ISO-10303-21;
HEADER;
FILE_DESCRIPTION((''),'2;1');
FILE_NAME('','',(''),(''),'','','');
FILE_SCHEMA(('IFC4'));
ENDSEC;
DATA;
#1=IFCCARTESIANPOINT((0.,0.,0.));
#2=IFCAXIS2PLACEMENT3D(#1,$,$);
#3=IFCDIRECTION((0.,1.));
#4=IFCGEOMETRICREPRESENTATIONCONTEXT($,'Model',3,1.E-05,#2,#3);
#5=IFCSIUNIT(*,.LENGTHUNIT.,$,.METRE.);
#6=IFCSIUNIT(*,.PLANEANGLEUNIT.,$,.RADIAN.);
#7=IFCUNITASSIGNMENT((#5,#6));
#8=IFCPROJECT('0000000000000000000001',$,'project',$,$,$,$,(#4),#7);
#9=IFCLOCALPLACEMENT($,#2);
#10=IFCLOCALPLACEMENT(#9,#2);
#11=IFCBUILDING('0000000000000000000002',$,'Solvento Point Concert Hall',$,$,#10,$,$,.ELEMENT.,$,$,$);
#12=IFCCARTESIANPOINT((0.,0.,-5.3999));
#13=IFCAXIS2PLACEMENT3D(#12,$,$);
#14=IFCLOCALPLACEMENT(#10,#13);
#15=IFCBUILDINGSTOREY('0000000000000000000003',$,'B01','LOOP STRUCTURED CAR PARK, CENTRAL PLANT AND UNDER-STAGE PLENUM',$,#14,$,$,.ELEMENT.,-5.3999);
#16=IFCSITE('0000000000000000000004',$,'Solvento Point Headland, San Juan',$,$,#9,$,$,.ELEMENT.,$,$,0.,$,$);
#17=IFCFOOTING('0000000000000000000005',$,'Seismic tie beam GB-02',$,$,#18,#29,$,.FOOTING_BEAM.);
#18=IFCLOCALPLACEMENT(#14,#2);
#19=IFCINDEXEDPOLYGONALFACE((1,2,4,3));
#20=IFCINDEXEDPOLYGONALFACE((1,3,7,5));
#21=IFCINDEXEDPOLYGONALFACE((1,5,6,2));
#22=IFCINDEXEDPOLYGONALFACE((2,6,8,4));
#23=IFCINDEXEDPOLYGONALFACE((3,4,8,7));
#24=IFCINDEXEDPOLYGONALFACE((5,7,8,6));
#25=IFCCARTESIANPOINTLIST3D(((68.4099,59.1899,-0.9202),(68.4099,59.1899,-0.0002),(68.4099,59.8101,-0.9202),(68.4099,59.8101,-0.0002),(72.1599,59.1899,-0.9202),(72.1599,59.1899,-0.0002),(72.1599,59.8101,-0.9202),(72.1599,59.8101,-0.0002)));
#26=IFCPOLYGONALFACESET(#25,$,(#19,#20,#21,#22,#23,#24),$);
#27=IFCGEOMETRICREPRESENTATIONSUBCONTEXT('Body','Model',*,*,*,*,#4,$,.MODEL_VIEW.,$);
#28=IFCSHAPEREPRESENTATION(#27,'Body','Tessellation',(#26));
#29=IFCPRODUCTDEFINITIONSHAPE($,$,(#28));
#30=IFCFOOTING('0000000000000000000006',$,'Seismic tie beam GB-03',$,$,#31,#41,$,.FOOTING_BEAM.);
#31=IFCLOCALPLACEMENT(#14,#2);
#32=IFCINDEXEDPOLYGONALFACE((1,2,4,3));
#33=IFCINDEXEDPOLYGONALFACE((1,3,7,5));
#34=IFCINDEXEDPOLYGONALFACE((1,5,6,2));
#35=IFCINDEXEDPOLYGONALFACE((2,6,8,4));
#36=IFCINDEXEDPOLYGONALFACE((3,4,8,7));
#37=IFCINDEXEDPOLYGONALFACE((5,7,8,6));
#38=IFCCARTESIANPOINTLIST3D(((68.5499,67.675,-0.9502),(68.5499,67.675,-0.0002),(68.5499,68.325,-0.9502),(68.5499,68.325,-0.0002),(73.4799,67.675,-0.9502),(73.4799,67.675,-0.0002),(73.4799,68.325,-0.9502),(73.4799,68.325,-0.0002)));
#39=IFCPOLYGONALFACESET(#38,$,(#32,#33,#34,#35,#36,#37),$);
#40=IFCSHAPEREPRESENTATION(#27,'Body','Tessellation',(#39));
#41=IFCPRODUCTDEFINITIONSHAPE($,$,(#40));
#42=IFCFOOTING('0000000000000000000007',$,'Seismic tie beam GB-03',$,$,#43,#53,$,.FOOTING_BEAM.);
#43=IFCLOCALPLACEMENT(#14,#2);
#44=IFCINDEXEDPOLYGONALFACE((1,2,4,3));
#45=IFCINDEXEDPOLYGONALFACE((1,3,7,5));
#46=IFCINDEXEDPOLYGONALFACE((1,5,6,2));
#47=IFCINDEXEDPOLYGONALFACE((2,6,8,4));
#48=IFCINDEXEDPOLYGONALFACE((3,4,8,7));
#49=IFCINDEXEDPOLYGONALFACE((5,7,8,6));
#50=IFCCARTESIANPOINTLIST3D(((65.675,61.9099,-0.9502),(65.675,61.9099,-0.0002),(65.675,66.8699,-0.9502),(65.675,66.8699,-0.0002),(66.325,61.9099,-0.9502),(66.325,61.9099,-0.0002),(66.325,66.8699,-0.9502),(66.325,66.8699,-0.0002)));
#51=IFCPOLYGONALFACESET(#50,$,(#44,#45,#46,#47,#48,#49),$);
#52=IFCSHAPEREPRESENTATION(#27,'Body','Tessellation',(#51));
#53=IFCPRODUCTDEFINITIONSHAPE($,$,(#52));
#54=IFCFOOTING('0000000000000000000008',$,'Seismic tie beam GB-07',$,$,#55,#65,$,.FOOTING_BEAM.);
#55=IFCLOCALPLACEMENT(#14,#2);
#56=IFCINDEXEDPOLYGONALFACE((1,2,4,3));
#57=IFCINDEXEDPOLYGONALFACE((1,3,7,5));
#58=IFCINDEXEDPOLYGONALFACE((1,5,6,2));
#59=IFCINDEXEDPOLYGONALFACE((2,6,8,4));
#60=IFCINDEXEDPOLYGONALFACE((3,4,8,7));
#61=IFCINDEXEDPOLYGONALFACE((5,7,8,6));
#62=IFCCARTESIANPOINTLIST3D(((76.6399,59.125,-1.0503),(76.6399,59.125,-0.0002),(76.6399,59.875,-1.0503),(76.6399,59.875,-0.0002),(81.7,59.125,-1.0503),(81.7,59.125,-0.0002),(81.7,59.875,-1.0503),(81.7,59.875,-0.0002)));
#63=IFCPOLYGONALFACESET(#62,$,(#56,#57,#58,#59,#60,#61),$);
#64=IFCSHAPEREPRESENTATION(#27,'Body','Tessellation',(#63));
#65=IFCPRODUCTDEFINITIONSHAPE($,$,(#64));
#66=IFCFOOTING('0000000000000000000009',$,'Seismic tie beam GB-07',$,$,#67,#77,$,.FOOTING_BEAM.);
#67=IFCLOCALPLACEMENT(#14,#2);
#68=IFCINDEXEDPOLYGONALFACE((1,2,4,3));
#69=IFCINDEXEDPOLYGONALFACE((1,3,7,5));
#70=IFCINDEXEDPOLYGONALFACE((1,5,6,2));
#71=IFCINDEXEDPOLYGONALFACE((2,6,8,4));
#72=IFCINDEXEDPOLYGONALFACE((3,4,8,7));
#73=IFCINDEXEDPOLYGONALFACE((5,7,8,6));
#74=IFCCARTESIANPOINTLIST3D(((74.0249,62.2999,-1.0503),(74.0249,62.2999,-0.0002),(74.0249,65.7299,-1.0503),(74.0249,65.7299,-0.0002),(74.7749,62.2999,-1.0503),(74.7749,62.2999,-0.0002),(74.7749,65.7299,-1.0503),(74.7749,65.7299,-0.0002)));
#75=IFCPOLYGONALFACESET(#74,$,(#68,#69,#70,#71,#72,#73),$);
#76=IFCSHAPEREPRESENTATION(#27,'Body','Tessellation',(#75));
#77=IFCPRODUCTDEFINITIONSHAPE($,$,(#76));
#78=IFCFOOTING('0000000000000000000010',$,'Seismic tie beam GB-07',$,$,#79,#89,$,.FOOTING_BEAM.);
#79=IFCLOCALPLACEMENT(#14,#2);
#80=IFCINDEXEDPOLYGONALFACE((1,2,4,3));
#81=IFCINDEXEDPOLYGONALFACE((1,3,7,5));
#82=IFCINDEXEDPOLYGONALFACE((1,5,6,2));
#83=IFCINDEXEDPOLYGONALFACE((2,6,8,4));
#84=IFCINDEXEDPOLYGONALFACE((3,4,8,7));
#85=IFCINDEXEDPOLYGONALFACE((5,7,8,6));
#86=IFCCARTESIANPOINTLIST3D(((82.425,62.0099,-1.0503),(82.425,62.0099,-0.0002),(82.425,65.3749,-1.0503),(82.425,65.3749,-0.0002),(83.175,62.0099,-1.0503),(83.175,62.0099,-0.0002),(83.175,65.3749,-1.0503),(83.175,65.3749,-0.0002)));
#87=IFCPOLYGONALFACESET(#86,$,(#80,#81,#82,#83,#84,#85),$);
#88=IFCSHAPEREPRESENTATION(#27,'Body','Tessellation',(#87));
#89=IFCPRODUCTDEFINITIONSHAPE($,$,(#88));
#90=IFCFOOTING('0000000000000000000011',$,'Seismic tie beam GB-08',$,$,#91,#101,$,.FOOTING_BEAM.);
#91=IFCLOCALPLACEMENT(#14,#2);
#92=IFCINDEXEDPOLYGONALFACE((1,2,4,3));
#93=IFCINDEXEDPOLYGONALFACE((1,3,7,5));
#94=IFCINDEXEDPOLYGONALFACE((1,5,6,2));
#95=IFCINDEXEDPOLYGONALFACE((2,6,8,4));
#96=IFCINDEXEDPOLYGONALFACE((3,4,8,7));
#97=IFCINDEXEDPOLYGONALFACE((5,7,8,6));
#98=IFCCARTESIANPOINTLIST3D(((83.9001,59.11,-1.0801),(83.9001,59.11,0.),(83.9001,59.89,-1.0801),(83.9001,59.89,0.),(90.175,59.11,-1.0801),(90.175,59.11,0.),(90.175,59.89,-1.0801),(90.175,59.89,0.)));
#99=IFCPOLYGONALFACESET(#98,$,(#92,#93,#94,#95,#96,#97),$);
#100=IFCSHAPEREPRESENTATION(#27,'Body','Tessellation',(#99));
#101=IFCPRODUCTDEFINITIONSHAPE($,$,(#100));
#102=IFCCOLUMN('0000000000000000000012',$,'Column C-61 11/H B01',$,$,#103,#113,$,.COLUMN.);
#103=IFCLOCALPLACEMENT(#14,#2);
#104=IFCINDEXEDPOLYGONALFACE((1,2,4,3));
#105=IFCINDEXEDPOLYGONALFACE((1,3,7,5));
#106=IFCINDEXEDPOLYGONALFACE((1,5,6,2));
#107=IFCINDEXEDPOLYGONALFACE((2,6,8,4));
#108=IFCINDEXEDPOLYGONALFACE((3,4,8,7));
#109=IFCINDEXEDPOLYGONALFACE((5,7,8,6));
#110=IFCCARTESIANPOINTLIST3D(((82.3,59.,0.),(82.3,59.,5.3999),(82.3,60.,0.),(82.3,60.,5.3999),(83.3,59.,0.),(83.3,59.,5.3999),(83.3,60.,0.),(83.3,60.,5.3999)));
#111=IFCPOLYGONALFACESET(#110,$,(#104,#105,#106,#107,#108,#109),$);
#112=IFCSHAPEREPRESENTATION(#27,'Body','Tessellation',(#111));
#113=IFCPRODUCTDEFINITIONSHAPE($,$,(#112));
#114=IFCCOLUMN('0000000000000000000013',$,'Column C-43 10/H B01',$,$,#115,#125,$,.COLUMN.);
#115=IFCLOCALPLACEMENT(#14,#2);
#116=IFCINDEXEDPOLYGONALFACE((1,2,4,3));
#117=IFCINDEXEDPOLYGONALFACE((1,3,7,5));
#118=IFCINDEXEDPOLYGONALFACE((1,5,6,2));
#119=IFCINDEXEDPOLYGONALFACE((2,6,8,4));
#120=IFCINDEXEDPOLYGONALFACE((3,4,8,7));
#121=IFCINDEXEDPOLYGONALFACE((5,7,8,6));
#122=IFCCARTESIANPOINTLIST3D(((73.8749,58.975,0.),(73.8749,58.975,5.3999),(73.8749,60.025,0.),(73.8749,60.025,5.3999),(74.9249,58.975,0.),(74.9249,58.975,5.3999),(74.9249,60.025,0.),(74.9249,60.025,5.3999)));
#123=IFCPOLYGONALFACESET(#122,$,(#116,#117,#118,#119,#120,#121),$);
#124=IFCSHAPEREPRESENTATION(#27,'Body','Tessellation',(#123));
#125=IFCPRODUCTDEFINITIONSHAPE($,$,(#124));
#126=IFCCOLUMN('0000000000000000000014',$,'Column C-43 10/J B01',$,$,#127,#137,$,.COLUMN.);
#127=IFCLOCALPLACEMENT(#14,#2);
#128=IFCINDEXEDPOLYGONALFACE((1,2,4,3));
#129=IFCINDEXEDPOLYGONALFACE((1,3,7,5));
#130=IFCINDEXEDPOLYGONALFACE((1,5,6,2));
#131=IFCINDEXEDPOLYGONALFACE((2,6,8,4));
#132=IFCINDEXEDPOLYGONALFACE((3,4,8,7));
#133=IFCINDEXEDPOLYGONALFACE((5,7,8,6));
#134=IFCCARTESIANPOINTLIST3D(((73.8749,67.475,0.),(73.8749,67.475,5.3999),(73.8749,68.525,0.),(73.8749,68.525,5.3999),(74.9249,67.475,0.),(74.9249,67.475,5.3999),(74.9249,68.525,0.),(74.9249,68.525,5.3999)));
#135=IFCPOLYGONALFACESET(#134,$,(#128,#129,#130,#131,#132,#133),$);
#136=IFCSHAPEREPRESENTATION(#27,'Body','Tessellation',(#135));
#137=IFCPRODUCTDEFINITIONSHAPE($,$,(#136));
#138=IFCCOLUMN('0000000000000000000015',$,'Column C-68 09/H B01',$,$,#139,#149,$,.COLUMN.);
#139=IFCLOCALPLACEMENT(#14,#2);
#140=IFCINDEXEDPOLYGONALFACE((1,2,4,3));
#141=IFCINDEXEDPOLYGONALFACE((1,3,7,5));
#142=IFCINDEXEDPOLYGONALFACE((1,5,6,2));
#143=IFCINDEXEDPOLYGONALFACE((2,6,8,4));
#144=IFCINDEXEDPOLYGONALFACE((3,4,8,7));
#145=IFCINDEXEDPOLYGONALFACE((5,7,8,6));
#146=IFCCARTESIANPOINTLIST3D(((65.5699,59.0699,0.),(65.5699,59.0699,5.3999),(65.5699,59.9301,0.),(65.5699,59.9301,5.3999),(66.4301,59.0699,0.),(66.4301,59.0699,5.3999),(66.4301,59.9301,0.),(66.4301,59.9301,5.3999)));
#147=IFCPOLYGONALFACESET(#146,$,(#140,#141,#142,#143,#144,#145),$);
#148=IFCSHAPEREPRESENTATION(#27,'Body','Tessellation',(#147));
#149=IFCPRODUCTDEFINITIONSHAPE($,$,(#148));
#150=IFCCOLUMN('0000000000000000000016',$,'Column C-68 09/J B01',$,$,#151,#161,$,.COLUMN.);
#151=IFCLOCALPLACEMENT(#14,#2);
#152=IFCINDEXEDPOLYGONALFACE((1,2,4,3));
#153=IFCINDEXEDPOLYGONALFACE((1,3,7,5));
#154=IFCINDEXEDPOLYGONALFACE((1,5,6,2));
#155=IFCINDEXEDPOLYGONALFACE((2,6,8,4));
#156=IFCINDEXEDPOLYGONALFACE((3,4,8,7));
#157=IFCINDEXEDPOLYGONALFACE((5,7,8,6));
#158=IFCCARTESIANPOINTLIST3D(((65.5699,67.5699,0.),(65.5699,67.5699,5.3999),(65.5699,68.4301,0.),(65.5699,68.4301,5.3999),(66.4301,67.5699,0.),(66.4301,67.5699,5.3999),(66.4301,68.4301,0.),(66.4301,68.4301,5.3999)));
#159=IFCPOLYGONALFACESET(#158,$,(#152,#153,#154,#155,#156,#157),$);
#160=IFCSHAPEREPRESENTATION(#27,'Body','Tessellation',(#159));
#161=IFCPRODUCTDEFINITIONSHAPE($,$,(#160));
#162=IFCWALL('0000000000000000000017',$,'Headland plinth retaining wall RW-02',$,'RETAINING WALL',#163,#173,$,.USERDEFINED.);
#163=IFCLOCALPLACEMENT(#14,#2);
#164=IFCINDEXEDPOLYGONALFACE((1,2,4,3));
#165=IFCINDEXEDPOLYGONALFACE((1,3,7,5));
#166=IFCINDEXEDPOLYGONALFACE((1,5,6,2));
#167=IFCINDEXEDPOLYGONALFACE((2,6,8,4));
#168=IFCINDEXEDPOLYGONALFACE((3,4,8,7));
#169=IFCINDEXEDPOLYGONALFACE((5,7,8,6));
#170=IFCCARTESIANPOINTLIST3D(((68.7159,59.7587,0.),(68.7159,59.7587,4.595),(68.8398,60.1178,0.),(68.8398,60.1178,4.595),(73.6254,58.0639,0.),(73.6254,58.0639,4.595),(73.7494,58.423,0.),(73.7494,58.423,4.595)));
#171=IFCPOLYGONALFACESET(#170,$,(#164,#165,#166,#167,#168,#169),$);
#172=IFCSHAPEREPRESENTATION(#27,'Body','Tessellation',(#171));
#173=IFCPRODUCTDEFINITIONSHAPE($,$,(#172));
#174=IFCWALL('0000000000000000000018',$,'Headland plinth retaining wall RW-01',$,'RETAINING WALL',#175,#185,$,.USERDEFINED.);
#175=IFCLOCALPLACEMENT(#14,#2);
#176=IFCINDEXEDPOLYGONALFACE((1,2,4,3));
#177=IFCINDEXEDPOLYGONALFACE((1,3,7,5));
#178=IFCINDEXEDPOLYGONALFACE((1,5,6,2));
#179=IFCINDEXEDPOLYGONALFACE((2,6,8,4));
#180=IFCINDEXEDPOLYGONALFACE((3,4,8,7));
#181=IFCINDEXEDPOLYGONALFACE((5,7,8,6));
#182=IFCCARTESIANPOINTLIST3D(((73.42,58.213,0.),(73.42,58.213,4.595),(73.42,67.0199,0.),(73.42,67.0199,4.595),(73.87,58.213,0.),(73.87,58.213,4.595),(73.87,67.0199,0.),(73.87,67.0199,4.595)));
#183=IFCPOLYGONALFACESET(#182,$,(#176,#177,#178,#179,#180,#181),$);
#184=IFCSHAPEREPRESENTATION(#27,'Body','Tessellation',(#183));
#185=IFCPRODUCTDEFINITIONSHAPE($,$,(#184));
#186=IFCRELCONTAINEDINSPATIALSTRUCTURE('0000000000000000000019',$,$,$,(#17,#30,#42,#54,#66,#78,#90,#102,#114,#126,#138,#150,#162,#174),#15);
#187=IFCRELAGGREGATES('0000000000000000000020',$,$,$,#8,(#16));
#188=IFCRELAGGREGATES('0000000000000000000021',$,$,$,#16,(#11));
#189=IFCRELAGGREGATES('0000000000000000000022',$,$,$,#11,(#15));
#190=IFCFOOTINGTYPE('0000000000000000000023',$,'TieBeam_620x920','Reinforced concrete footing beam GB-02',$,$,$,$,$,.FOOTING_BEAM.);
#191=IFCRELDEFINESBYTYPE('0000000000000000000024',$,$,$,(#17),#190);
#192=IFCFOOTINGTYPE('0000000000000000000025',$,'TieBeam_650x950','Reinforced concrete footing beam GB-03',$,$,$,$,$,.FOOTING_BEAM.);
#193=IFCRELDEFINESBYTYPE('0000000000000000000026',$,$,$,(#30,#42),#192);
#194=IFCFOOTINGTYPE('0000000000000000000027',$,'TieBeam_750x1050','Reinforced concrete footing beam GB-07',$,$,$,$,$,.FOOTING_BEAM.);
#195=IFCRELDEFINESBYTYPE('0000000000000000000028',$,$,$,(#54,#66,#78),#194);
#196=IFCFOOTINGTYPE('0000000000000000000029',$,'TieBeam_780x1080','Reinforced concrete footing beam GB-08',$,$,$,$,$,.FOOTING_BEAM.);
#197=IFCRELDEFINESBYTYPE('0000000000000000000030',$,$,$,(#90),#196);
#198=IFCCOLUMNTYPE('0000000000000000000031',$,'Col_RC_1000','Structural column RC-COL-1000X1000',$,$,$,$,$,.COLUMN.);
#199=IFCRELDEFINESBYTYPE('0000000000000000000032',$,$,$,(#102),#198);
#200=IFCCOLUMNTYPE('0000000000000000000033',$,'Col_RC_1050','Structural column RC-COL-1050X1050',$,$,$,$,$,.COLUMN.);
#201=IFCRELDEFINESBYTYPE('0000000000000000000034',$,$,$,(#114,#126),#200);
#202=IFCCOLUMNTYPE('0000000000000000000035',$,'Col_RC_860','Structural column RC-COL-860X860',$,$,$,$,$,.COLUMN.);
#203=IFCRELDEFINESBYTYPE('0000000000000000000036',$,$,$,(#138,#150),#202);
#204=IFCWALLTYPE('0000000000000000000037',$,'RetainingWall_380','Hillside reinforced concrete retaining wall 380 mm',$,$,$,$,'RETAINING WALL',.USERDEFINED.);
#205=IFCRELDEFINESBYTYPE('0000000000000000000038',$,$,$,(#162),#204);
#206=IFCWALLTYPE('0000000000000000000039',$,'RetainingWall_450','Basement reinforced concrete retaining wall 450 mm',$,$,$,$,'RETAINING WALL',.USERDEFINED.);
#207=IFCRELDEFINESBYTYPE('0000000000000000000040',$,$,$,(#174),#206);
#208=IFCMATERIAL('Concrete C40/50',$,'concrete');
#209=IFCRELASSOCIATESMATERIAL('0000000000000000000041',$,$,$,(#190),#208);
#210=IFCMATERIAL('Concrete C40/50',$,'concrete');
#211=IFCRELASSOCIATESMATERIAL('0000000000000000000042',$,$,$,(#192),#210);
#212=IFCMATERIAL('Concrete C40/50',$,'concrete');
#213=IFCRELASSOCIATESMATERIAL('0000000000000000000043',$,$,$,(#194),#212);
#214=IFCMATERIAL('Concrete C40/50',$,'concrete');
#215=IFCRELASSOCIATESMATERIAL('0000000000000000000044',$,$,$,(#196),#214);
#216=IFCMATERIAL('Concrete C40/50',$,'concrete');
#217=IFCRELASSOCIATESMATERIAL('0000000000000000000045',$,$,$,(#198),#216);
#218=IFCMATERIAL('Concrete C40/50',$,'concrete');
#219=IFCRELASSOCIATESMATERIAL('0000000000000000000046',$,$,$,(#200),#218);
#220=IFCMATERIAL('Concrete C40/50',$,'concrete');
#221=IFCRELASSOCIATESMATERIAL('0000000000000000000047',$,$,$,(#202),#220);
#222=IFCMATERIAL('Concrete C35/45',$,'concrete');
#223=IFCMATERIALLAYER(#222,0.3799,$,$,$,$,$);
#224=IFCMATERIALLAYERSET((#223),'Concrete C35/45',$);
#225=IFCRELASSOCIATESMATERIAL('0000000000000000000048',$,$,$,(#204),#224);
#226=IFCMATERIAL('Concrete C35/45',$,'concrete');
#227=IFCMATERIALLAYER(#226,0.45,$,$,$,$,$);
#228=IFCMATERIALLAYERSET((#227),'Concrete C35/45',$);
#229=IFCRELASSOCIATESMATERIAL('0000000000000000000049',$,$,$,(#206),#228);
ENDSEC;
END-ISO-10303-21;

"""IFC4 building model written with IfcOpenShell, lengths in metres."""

from ifc_helpers import new_model, si_unit, direction, frame, frame_2d, origin, origin_2d, place, context, subcontext, project, spatial, rectangle, extrude, material, layer, layer_set, material_profile, profile_set, type_object, element, save


model = new_model("IFC4")

# Units and contexts
model_context = context("Model", 3, precision=1e-05, world=origin(), true_north=direction((0.0, 1.0)))
body_context = subcontext(model_context, "Body", "Model", "MODEL_VIEW")
ifc_project = project(units=[si_unit("LENGTHUNIT", "METRE"), si_unit("PLANEANGLEUNIT", "RADIAN")], contexts=[model_context])

# Site, building, storey
site_placement = place(None, origin())
site = spatial("IfcSite", under=ifc_project, at=site_placement, Name="Solvento Point Headland, San Juan", CompositionType="ELEMENT", RefElevation=0.0)
building_placement = place(site_placement, origin())
building = spatial("IfcBuilding", under=site, at=building_placement, Name="Solvento Point Concert Hall", CompositionType="ELEMENT")
storey_placement = place(building_placement, frame((0.0, 0.0, -5.3999)))
storey = spatial("IfcBuildingStorey", under=building, at=storey_placement, Name="B01", Description="LOOP STRUCTURED CAR PARK, CENTRAL PLANT AND UNDER-STAGE PLENUM", CompositionType="ELEMENT", Elevation=-5.3999)

# Footings
ifc_material_1 = material(Name="Concrete C40/50", Category="concrete")
footing_type_1 = type_object("IfcFootingType", Name="TieBeam_620x920", Description="Reinforced concrete footing beam GB-02", PredefinedType="FOOTING_BEAM", material=ifc_material_1)
footing_1_placement = place(storey_placement, frame((70.2849, 59.5, -0.9202), z_axis=(0.0, 0.0, 1.0), x_axis=(1.0, 0.0, 0.0)))
element("IfcFooting", 1, at=footing_1_placement, inside=storey, type_object=footing_type_1, Name="Seismic tie beam GB-02", PredefinedType="FOOTING_BEAM", context=body_context, shape_type="SweptSolid", body=[
    extrude(rectangle(XDim=3.75, YDim=0.6201, at=origin_2d()), origin(), (0.0, 0.0, 1.0), 0.9199),
])
ifc_material_2 = material(Name="Concrete C40/50", Category="concrete")
footing_type_2 = type_object("IfcFootingType", Name="TieBeam_650x950", Description="Reinforced concrete footing beam GB-03", PredefinedType="FOOTING_BEAM", material=ifc_material_2)
footing_2_placement = place(storey_placement, frame((71.0149, 68.0, -0.9502), z_axis=(0.0, 0.0, 1.0), x_axis=(1.0, 0.0, 0.0)))
element("IfcFooting", 2, at=footing_2_placement, inside=storey, type_object=footing_type_2, Name="Seismic tie beam GB-03", PredefinedType="FOOTING_BEAM", context=body_context, shape_type="SweptSolid", body=[
    extrude(rectangle(XDim=4.9299, YDim=0.6499, at=origin_2d()), origin(), (0.0, 0.0, 1.0), 0.95),
])
footing_3_placement = place(storey_placement, frame((66.0, 64.3899, -0.9502), z_axis=(0.0, 0.0, 1.0), x_axis=(0.0, 1.0, 0.0)))
element("IfcFooting", 3, at=footing_3_placement, inside=storey, type_object=footing_type_2, Name="Seismic tie beam GB-03", PredefinedType="FOOTING_BEAM", context=body_context, shape_type="SweptSolid", body=[
    extrude(rectangle(XDim=4.96, YDim=0.6499, at=origin_2d()), origin(), (0.0, 0.0, 1.0), 0.95),
])
ifc_material_3 = material(Name="Concrete C40/50", Category="concrete")
footing_type_3 = type_object("IfcFootingType", Name="TieBeam_750x1050", Description="Reinforced concrete footing beam GB-07", PredefinedType="FOOTING_BEAM", material=ifc_material_3)
footing_4_placement = place(storey_placement, frame((79.1699, 59.5, -1.0503), z_axis=(0.0, 0.0, 1.0), x_axis=(1.0, 0.0, 0.0)))
element("IfcFooting", 4, at=footing_4_placement, inside=storey, type_object=footing_type_3, Name="Seismic tie beam GB-07", PredefinedType="FOOTING_BEAM", context=body_context, shape_type="SweptSolid", body=[
    extrude(rectangle(XDim=5.0601, YDim=0.75, at=origin_2d()), origin(), (0.0, 0.0, 1.0), 1.05),
])
footing_5_placement = place(storey_placement, frame((74.3999, 64.0149, -1.0503), z_axis=(0.0, 0.0, 1.0), x_axis=(0.0, 1.0, 0.0)))
element("IfcFooting", 5, at=footing_5_placement, inside=storey, type_object=footing_type_3, Name="Seismic tie beam GB-07", PredefinedType="FOOTING_BEAM", context=body_context, shape_type="SweptSolid", body=[
    extrude(rectangle(XDim=3.4299, YDim=0.75, at=origin_2d()), origin(), (0.0, 0.0, 1.0), 1.05),
])
footing_6_placement = place(storey_placement, frame((82.8, 63.6924, -1.0503), z_axis=(0.0, 0.0, 1.0), x_axis=(0.0, 1.0, 0.0)))
element("IfcFooting", 6, at=footing_6_placement, inside=storey, type_object=footing_type_3, Name="Seismic tie beam GB-07", PredefinedType="FOOTING_BEAM", context=body_context, shape_type="SweptSolid", body=[
    extrude(rectangle(XDim=3.365, YDim=0.75, at=origin_2d()), origin(), (0.0, 0.0, 1.0), 1.05),
])
ifc_material_4 = material(Name="Concrete C40/50", Category="concrete")
footing_type_4 = type_object("IfcFootingType", Name="TieBeam_780x1080", Description="Reinforced concrete footing beam GB-08", PredefinedType="FOOTING_BEAM", material=ifc_material_4)
footing_7_placement = place(storey_placement, frame((87.0376, 59.5, -1.0801), z_axis=(0.0, 0.0, 1.0), x_axis=(1.0, 0.0, 0.0)))
element("IfcFooting", 7, at=footing_7_placement, inside=storey, type_object=footing_type_4, Name="Seismic tie beam GB-08", PredefinedType="FOOTING_BEAM", context=body_context, shape_type="SweptSolid", body=[
    extrude(rectangle(XDim=6.2749, YDim=0.78, at=origin_2d()), origin(), (0.0, 0.0, 1.0), 1.0801),
])

# Columns
ifc_material_5 = material(Name="Concrete C40/50", Category="concrete")
ifc_material_profile_1 = material_profile(ifc_material_5, rectangle(XDim=1.0, YDim=1.0, at=origin_2d()), Name="RC-COL-1000X1000")
ifc_profile_set_1 = profile_set([ifc_material_profile_1], Name="Concrete C40/50")
column_type_1 = type_object("IfcColumnType", Name="Col_RC_1000", Description="Structural column RC-COL-1000X1000", PredefinedType="COLUMN", material=ifc_profile_set_1)
column_placement = place(storey_placement, frame((82.8, 59.5, 0.0), z_axis=(0.0, 0.0, 1.0), x_axis=(1.0, 0.0, 0.0)))
element("IfcColumn", 8, at=column_placement, inside=storey, type_object=column_type_1, Name="Column C-61 11/H B01", PredefinedType="COLUMN", context=body_context, shape_type="SweptSolid", body=[
    extrude(rectangle(XDim=1.0, YDim=1.0, at=origin_2d()), origin(), (0.0, 0.0, 1.0), 5.3999),
])
ifc_material_6 = material(Name="Concrete C40/50", Category="concrete")
ifc_material_profile_2 = material_profile(ifc_material_6, rectangle(XDim=1.05, YDim=1.05, at=origin_2d()), Name="RC-COL-1050X1050")
ifc_profile_set_2 = profile_set([ifc_material_profile_2], Name="Concrete C40/50")
column_type_2 = type_object("IfcColumnType", Name="Col_RC_1050", Description="Structural column RC-COL-1050X1050", PredefinedType="COLUMN", material=ifc_profile_set_2)
for number, where, z_axis, x_axis, name in (
    (9, (74.3999, 59.5, 0.0), (0.0, 0.0, 1.0), (1.0, 0.0, 0.0), "Column C-43 10/H B01"),
    (10, (74.3999, 68.0, 0.0), (0.0, 0.0, 1.0), (1.0, 0.0, 0.0), "Column C-43 10/J B01"),
):
    element("IfcColumn", number, at=place(storey_placement, frame(where, z_axis=z_axis, x_axis=x_axis)), inside=storey, type_object=column_type_2, Name=name, PredefinedType="COLUMN", context=body_context, shape_type="SweptSolid", body=[
        extrude(rectangle(XDim=1.05, YDim=1.05, at=origin_2d()), origin(), (0.0, 0.0, 1.0), 5.3999),
    ])
ifc_material_7 = material(Name="Concrete C40/50", Category="concrete")
ifc_material_profile_3 = material_profile(ifc_material_7, rectangle(XDim=0.8601, YDim=0.8601, at=origin_2d()), Name="RC-COL-860X860")
ifc_profile_set_3 = profile_set([ifc_material_profile_3], Name="Concrete C40/50")
column_type_3 = type_object("IfcColumnType", Name="Col_RC_860", Description="Structural column RC-COL-860X860", PredefinedType="COLUMN", material=ifc_profile_set_3)
for number, where, z_axis, x_axis, name in (
    (11, (66.0, 59.5, 0.0), (0.0, 0.0, 1.0), (1.0, 0.0, 0.0), "Column C-68 09/H B01"),
    (12, (66.0, 68.0, 0.0), (0.0, 0.0, 1.0), (1.0, 0.0, 0.0), "Column C-68 09/J B01"),
):
    element("IfcColumn", number, at=place(storey_placement, frame(where, z_axis=z_axis, x_axis=x_axis)), inside=storey, type_object=column_type_3, Name=name, PredefinedType="COLUMN", context=body_context, shape_type="SweptSolid", body=[
        extrude(rectangle(XDim=0.8601, YDim=0.8601, at=origin_2d()), origin(), (0.0, 0.0, 1.0), 5.3999),
    ])

# Walls
ifc_material_8 = material(Name="Concrete C35/45", Category="concrete")
ifc_layer_1 = layer(ifc_material_8, 0.3799)
ifc_layer_set_1 = layer_set([ifc_layer_1], Name="Concrete C35/45")
wall_type_1 = type_object("IfcWallType", Name="RetainingWall_380", Description="Hillside reinforced concrete retaining wall 380 mm", ElementType="RETAINING WALL", PredefinedType="USERDEFINED", material=ifc_layer_set_1)
wall_1_placement = place(storey_placement, frame((68.7778, 59.9382, 0.0), z_axis=(0.0, 0.0, 1.0), x_axis=(0.945264, -0.326306, 0.0)))
element("IfcWall", 13, at=wall_1_placement, inside=storey, type_object=wall_type_1, Name="Headland plinth retaining wall RW-02", ObjectType="RETAINING WALL", PredefinedType="USERDEFINED", context=body_context, shape_type="SweptSolid", body=[
    extrude(rectangle(XDim=5.1938, YDim=0.3799, at=frame_2d((2.5969, 0.0))), origin(), (0.0, 0.0, 1.0), 4.595),
])
ifc_material_9 = material(Name="Concrete C35/45", Category="concrete")
ifc_layer_2 = layer(ifc_material_9, 0.45)
ifc_layer_set_2 = layer_set([ifc_layer_2], Name="Concrete C35/45")
wall_type_2 = type_object("IfcWallType", Name="RetainingWall_450", Description="Basement reinforced concrete retaining wall 450 mm", ElementType="RETAINING WALL", PredefinedType="USERDEFINED", material=ifc_layer_set_2)
wall_2_placement = place(storey_placement, frame((73.645, 58.2131, 0.0), z_axis=(0.0, 0.0, 1.0), x_axis=(0.0, 1.0, 0.0)))
element("IfcWall", 14, at=wall_2_placement, inside=storey, type_object=wall_type_2, Name="Headland plinth retaining wall RW-01", ObjectType="RETAINING WALL", PredefinedType="USERDEFINED", context=body_context, shape_type="SweptSolid", body=[
    extrude(rectangle(XDim=8.8069, YDim=0.45, at=frame_2d((4.4033, 0.0))), origin(), (0.0, 0.0, 1.0), 4.595),
])

save(model, "model.ifc")
